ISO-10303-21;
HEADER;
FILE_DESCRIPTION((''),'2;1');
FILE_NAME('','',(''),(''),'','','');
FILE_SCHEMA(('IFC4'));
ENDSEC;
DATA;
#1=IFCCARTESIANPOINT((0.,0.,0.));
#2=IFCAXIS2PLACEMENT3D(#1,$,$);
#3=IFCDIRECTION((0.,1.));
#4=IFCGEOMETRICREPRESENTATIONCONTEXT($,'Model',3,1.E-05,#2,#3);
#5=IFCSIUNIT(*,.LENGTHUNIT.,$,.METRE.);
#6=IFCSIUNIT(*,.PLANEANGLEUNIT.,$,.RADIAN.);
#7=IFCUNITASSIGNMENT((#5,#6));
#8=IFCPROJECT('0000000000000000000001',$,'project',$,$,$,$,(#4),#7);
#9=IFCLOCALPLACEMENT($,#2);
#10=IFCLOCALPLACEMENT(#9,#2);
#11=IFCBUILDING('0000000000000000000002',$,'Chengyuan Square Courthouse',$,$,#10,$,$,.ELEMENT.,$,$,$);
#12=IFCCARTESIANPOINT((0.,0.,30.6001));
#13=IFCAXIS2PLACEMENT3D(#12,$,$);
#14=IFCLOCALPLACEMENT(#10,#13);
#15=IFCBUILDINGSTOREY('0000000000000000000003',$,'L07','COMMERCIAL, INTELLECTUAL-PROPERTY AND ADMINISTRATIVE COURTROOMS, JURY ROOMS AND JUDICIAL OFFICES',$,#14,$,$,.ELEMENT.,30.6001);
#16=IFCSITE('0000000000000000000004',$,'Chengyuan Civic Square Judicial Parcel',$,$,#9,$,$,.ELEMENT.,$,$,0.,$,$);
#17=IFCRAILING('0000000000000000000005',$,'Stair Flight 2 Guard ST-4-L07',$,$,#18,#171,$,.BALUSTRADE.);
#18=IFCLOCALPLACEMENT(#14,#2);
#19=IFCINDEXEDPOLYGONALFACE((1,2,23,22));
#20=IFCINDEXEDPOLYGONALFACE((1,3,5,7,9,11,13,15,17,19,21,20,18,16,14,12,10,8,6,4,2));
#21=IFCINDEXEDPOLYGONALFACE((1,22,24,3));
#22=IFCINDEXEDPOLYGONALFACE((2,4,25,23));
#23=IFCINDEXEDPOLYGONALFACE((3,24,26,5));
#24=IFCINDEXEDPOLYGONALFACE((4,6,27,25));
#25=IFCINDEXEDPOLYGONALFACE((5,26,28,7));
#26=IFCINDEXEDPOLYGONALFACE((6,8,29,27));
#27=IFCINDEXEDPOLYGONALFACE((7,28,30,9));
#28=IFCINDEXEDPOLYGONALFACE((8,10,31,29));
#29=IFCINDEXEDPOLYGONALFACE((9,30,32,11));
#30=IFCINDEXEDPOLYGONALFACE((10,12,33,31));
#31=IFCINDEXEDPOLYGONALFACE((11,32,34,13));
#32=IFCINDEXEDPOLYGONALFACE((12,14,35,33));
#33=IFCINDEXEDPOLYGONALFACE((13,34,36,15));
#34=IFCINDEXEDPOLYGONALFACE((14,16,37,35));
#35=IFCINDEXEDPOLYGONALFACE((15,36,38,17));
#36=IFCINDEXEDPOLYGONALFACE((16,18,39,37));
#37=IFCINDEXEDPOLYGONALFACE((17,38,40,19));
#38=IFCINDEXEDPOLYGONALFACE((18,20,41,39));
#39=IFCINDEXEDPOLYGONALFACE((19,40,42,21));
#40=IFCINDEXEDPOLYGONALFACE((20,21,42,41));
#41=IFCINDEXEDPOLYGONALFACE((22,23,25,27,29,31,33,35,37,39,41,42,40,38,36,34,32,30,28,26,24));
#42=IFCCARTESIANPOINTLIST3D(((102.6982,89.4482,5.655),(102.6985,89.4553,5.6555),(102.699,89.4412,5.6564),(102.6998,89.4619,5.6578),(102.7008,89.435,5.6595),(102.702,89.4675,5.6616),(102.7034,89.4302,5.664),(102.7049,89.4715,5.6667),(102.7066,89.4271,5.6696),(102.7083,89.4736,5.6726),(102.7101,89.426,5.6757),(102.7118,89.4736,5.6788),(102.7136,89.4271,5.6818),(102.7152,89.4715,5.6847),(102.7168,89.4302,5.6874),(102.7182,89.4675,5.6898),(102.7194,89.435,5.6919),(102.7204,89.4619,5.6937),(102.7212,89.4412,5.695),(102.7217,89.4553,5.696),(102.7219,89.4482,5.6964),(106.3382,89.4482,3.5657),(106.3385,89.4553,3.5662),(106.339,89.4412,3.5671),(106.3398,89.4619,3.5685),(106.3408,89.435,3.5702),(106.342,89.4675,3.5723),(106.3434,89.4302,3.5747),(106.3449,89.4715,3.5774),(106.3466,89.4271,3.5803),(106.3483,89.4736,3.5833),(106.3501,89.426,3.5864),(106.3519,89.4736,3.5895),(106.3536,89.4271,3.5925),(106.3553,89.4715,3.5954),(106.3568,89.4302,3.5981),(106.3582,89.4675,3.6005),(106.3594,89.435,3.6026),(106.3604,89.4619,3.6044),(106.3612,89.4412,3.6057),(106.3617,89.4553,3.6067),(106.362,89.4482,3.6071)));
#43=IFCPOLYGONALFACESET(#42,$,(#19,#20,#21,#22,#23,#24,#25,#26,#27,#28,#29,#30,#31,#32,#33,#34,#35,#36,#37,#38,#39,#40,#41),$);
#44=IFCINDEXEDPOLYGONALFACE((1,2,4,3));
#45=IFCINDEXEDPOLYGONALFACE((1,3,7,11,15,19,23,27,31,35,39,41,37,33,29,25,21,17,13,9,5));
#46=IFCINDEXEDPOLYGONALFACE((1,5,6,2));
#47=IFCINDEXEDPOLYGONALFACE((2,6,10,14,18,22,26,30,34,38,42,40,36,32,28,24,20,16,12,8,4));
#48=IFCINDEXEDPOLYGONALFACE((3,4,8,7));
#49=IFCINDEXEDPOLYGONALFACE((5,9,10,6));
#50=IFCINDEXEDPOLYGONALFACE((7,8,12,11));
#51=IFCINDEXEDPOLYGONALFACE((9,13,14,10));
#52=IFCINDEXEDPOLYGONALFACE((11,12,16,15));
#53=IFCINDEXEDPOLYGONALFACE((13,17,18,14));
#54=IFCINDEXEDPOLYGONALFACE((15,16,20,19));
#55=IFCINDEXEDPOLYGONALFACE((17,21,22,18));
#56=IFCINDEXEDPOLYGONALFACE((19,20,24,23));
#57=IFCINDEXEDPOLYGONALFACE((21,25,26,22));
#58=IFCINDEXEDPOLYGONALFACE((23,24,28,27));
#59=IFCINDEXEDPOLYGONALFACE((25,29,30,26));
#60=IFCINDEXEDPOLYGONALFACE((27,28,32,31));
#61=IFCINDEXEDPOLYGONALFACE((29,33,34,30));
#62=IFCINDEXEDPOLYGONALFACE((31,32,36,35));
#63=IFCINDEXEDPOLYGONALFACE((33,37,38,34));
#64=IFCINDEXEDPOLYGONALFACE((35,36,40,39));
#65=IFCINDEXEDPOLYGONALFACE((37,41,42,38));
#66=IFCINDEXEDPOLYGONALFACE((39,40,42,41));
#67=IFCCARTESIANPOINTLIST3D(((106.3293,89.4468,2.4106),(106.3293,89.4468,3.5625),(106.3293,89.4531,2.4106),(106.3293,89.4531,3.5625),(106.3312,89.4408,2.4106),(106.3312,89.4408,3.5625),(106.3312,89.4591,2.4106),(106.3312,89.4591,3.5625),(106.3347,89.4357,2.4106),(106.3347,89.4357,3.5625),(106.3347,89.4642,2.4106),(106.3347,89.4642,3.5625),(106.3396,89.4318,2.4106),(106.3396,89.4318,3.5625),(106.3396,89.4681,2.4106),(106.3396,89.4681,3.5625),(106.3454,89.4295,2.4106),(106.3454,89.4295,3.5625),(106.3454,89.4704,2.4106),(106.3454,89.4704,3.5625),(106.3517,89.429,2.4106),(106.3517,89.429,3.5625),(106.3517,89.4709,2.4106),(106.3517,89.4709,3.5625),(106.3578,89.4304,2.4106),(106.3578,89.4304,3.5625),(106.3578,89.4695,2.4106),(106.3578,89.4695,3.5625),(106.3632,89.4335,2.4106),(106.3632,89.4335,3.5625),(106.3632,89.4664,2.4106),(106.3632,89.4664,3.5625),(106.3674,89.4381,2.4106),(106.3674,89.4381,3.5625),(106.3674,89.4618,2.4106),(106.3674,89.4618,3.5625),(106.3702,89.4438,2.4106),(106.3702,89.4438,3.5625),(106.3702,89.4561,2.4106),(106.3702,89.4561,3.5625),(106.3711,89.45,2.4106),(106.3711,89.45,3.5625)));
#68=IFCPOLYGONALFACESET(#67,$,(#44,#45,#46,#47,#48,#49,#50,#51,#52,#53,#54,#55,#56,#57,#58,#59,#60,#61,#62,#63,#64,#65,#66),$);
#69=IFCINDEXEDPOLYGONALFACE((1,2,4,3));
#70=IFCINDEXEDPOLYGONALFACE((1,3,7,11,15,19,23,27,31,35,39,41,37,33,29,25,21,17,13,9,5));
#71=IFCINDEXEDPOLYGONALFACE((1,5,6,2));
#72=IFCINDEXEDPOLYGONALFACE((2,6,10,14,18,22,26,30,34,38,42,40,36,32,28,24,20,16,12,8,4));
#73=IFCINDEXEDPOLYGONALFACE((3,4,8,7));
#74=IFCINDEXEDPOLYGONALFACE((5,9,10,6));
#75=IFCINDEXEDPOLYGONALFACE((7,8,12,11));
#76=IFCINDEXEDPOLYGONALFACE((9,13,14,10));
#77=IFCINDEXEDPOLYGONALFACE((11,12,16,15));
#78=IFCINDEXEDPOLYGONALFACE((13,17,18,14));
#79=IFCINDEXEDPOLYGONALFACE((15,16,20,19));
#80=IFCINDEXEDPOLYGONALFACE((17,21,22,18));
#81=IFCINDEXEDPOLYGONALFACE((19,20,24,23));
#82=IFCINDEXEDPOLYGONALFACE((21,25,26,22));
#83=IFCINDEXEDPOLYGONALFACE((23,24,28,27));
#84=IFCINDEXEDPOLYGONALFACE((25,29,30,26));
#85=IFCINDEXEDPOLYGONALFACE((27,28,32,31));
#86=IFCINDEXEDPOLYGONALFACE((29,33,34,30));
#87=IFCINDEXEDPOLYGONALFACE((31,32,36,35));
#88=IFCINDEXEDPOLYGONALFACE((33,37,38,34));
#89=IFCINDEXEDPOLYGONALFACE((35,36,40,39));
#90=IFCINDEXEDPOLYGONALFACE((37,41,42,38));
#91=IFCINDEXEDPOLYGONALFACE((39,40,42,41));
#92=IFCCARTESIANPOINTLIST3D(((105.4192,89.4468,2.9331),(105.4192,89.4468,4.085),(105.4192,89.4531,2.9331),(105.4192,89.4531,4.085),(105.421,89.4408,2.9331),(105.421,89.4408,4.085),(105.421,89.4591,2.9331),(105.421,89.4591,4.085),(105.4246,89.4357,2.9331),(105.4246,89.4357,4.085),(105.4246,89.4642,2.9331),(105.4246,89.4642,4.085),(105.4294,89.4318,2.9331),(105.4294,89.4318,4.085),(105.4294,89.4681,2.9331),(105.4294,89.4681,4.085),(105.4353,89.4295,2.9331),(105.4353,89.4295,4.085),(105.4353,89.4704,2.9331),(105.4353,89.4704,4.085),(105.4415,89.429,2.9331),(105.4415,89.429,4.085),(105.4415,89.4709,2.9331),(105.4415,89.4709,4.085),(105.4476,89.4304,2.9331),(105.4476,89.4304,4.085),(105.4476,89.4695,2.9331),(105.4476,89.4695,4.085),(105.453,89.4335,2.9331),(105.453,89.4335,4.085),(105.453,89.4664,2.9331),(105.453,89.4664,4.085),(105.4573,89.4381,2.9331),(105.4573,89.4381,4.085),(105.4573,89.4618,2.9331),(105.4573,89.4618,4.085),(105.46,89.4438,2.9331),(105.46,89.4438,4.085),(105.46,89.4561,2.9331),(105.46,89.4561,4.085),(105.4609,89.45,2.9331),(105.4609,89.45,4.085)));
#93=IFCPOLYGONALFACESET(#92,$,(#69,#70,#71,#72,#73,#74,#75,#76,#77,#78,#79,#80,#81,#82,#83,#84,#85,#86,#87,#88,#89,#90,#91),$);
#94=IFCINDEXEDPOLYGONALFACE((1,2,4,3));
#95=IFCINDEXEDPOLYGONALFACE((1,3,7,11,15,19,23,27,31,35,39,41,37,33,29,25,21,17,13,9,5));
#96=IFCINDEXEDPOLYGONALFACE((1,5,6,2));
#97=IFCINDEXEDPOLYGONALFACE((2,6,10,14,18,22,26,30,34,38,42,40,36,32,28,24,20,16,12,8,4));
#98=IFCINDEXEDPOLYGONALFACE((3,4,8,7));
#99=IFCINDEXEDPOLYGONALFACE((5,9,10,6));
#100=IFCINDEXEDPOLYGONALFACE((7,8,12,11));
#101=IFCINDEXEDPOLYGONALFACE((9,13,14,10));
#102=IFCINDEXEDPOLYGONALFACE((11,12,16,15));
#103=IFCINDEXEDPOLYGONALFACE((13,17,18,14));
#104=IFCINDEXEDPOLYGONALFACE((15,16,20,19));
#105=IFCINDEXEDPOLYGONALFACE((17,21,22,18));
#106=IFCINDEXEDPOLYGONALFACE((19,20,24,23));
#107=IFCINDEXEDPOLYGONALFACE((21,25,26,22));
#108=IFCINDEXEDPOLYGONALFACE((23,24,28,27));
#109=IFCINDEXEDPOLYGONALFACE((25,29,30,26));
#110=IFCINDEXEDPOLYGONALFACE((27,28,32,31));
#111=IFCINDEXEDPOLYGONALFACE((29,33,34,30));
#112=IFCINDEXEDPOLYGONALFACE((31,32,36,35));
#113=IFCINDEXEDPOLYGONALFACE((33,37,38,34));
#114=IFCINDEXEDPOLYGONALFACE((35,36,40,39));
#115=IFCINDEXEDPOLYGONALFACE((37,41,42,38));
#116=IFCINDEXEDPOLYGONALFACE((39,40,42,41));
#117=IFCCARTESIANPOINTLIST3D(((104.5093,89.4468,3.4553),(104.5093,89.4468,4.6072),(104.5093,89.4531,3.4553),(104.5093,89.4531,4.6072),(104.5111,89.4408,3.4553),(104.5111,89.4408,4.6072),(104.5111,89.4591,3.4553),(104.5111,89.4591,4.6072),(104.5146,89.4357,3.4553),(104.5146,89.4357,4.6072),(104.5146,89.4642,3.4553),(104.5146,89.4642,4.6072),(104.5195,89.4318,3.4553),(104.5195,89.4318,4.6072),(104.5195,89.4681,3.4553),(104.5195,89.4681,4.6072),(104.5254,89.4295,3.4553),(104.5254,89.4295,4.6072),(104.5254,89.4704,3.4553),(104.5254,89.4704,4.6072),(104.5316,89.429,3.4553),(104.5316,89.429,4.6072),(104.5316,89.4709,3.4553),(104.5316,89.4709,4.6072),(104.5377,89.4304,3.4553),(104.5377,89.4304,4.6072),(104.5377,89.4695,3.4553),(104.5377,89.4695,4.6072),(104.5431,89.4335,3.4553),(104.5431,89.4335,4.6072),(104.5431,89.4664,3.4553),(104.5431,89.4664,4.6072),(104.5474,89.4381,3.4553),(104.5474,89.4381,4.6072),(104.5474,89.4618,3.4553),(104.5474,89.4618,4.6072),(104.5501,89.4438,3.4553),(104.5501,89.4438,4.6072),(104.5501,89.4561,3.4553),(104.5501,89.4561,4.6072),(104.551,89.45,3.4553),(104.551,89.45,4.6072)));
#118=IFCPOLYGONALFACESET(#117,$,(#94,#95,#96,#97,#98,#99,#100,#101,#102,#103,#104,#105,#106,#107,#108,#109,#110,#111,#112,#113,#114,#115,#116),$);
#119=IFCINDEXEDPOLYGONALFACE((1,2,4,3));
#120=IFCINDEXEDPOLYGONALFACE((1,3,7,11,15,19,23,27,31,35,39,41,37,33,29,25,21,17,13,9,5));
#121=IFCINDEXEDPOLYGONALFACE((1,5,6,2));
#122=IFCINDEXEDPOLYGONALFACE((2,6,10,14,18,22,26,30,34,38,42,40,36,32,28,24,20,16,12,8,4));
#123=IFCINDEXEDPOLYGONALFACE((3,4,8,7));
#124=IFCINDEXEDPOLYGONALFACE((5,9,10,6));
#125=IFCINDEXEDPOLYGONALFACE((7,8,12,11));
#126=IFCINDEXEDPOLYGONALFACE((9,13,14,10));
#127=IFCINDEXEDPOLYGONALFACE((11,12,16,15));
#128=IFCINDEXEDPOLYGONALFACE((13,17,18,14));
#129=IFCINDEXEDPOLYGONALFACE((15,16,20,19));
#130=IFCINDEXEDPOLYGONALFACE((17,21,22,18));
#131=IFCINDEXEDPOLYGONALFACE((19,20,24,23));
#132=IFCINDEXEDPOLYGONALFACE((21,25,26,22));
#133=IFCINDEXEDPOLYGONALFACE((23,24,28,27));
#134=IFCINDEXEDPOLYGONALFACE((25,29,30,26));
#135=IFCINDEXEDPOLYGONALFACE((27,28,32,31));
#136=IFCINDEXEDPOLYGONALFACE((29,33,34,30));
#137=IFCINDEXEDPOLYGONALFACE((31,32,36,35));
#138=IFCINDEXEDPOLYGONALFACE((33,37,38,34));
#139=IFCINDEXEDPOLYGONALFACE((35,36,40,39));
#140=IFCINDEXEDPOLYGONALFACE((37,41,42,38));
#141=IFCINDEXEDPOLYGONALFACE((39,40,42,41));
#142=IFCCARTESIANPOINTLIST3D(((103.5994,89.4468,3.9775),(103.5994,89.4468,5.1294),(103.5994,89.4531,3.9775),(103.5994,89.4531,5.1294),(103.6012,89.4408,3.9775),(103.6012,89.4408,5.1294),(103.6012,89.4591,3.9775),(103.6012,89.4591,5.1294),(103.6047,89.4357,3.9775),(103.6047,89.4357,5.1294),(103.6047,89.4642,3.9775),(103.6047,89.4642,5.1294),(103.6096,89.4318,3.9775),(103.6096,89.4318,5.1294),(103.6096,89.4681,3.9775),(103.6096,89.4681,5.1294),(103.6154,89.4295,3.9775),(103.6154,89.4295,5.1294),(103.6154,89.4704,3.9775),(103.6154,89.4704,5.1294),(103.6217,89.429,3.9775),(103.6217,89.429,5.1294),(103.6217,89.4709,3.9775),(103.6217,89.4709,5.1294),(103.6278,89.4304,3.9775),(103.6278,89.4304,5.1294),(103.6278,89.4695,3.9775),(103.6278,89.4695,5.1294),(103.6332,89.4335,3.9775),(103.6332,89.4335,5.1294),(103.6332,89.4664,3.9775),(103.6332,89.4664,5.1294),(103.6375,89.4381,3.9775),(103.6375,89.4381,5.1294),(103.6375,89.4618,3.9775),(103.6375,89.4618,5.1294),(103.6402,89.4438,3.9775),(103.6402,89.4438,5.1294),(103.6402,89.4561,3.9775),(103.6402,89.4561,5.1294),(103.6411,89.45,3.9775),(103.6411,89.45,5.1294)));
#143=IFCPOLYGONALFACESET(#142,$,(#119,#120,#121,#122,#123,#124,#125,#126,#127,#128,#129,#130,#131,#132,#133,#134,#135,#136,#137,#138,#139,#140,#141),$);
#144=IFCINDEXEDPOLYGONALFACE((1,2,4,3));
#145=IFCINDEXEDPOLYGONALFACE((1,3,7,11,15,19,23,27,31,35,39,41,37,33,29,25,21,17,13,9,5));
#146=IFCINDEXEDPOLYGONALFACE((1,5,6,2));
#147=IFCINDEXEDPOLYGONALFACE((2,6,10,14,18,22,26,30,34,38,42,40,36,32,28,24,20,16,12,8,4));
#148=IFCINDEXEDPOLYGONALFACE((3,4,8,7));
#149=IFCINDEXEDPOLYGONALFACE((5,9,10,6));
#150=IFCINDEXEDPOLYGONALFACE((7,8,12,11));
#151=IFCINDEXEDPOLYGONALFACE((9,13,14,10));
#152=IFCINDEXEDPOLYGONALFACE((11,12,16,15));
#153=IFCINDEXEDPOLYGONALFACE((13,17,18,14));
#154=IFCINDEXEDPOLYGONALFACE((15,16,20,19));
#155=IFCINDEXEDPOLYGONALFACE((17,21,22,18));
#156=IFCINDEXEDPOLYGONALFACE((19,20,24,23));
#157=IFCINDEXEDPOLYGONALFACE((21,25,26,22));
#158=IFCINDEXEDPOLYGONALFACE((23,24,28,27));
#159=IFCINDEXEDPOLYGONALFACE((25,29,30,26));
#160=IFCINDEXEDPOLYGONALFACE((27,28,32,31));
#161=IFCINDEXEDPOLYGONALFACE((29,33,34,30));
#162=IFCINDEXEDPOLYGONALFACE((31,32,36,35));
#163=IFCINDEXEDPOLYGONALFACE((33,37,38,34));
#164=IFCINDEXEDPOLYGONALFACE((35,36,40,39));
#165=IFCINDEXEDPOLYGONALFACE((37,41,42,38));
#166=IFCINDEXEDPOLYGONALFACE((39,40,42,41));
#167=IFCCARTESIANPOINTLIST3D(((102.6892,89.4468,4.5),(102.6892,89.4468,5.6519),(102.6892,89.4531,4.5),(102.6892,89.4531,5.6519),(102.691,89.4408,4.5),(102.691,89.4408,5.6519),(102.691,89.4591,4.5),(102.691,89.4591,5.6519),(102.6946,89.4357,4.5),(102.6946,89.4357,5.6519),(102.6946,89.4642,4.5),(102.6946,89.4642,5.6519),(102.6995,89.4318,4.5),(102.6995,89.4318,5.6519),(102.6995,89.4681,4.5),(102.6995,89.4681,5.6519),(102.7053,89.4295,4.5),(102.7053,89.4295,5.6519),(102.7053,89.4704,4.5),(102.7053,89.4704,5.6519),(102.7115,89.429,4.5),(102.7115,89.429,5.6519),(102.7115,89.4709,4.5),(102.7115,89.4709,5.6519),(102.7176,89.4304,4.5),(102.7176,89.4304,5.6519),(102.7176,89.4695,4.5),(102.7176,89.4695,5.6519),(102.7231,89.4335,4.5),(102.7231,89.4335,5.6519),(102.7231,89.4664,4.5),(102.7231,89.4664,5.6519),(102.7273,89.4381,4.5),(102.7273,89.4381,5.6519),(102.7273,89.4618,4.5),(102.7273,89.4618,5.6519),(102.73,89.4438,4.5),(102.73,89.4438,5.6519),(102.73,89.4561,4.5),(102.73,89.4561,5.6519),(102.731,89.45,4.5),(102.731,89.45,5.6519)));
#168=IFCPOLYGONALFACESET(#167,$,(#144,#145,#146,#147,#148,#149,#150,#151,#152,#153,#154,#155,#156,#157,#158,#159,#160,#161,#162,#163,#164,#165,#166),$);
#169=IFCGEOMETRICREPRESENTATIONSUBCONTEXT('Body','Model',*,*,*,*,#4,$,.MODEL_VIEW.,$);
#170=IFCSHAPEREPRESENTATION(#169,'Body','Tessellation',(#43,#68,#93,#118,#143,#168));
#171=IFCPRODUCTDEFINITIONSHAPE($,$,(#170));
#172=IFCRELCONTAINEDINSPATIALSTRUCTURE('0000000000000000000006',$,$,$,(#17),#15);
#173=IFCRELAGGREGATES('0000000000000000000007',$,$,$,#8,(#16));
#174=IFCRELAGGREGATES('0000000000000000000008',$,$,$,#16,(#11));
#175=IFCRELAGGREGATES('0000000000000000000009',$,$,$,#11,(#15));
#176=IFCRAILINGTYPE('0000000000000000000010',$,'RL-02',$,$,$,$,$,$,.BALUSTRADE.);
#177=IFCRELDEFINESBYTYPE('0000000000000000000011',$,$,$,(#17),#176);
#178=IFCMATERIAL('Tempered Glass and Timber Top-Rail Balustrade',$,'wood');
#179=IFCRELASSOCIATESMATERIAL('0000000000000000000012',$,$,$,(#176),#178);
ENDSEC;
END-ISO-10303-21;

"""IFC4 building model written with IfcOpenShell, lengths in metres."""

from ifc_helpers import new_model, si_unit, direction, frame, origin, origin_2d, place, context, subcontext, project, spatial, circle, extrude, material, type_object, element, save


model = new_model("IFC4")

# Units and contexts
model_context = context("Model", 3, precision=1e-05, world=origin(), true_north=direction((0.0, 1.0)))
body_context = subcontext(model_context, "Body", "Model", "MODEL_VIEW")
ifc_project = project(units=[si_unit("LENGTHUNIT", "METRE"), si_unit("PLANEANGLEUNIT", "RADIAN")], contexts=[model_context])

# Site, building, storey
site_placement = place(None, origin())
site = spatial("IfcSite", under=ifc_project, at=site_placement, Name="Chengyuan Civic Square Judicial Parcel", CompositionType="ELEMENT", RefElevation=0.0)
building_placement = place(site_placement, origin())
building = spatial("IfcBuilding", under=site, at=building_placement, Name="Chengyuan Square Courthouse", CompositionType="ELEMENT")
storey_placement = place(building_placement, frame((0.0, 0.0, 30.6001)))
storey = spatial("IfcBuildingStorey", under=building, at=storey_placement, Name="L07", Description="COMMERCIAL, INTELLECTUAL-PROPERTY AND ADMINISTRATIVE COURTROOMS, JURY ROOMS AND JUDICIAL OFFICES", CompositionType="ELEMENT", Elevation=30.6001)

# Railing
ifc_material_1 = material(Name="Tempered Glass and Timber Top-Rail Balustrade", Category="wood")
railing_type_1 = type_object("IfcRailingType", Name="RL-02", PredefinedType="BALUSTRADE", material=ifc_material_1)
railing_1_placement = place(storey_placement, frame((106.3501, 89.45, 2.4106)))
element("IfcRailing", 1, at=railing_1_placement, inside=storey, type_object=railing_type_1, Name="Stair Flight 2 Guard ST-4-L07", PredefinedType="BALUSTRADE", context=body_context, shape_type="SweptSolid", body=[
    extrude(circle(Radius=0.0239, at=origin_2d()), frame((0.0, 0.0, 1.1758), z_axis=(-0.867289, 0.0, 0.497804), x_axis=(0.0, -1.0, 0.0)), (0.0, 0.0, 1.0), 4.197),
    extrude(circle(Radius=0.021, at=origin_2d()), origin(), (0.0, 0.0, 1.0), 1.1519),
    extrude(circle(Radius=0.021, at=origin_2d()), frame((-0.9102, 0.0, 0.5225)), (0.0, 0.0, 1.0), 1.1519),
    extrude(circle(Radius=0.021, at=origin_2d()), frame((-1.8201, 0.0, 1.0447)), (0.0, 0.0, 1.0), 1.1519),
    extrude(circle(Radius=0.021, at=origin_2d()), frame((-2.73, 0.0, 1.5669)), (0.0, 0.0, 1.0), 1.1519),
    extrude(circle(Radius=0.021, at=origin_2d()), frame((-3.6401, 0.0, 2.0894)), (0.0, 0.0, 1.0), 1.1519),
])

save(model, "model.ifc")
